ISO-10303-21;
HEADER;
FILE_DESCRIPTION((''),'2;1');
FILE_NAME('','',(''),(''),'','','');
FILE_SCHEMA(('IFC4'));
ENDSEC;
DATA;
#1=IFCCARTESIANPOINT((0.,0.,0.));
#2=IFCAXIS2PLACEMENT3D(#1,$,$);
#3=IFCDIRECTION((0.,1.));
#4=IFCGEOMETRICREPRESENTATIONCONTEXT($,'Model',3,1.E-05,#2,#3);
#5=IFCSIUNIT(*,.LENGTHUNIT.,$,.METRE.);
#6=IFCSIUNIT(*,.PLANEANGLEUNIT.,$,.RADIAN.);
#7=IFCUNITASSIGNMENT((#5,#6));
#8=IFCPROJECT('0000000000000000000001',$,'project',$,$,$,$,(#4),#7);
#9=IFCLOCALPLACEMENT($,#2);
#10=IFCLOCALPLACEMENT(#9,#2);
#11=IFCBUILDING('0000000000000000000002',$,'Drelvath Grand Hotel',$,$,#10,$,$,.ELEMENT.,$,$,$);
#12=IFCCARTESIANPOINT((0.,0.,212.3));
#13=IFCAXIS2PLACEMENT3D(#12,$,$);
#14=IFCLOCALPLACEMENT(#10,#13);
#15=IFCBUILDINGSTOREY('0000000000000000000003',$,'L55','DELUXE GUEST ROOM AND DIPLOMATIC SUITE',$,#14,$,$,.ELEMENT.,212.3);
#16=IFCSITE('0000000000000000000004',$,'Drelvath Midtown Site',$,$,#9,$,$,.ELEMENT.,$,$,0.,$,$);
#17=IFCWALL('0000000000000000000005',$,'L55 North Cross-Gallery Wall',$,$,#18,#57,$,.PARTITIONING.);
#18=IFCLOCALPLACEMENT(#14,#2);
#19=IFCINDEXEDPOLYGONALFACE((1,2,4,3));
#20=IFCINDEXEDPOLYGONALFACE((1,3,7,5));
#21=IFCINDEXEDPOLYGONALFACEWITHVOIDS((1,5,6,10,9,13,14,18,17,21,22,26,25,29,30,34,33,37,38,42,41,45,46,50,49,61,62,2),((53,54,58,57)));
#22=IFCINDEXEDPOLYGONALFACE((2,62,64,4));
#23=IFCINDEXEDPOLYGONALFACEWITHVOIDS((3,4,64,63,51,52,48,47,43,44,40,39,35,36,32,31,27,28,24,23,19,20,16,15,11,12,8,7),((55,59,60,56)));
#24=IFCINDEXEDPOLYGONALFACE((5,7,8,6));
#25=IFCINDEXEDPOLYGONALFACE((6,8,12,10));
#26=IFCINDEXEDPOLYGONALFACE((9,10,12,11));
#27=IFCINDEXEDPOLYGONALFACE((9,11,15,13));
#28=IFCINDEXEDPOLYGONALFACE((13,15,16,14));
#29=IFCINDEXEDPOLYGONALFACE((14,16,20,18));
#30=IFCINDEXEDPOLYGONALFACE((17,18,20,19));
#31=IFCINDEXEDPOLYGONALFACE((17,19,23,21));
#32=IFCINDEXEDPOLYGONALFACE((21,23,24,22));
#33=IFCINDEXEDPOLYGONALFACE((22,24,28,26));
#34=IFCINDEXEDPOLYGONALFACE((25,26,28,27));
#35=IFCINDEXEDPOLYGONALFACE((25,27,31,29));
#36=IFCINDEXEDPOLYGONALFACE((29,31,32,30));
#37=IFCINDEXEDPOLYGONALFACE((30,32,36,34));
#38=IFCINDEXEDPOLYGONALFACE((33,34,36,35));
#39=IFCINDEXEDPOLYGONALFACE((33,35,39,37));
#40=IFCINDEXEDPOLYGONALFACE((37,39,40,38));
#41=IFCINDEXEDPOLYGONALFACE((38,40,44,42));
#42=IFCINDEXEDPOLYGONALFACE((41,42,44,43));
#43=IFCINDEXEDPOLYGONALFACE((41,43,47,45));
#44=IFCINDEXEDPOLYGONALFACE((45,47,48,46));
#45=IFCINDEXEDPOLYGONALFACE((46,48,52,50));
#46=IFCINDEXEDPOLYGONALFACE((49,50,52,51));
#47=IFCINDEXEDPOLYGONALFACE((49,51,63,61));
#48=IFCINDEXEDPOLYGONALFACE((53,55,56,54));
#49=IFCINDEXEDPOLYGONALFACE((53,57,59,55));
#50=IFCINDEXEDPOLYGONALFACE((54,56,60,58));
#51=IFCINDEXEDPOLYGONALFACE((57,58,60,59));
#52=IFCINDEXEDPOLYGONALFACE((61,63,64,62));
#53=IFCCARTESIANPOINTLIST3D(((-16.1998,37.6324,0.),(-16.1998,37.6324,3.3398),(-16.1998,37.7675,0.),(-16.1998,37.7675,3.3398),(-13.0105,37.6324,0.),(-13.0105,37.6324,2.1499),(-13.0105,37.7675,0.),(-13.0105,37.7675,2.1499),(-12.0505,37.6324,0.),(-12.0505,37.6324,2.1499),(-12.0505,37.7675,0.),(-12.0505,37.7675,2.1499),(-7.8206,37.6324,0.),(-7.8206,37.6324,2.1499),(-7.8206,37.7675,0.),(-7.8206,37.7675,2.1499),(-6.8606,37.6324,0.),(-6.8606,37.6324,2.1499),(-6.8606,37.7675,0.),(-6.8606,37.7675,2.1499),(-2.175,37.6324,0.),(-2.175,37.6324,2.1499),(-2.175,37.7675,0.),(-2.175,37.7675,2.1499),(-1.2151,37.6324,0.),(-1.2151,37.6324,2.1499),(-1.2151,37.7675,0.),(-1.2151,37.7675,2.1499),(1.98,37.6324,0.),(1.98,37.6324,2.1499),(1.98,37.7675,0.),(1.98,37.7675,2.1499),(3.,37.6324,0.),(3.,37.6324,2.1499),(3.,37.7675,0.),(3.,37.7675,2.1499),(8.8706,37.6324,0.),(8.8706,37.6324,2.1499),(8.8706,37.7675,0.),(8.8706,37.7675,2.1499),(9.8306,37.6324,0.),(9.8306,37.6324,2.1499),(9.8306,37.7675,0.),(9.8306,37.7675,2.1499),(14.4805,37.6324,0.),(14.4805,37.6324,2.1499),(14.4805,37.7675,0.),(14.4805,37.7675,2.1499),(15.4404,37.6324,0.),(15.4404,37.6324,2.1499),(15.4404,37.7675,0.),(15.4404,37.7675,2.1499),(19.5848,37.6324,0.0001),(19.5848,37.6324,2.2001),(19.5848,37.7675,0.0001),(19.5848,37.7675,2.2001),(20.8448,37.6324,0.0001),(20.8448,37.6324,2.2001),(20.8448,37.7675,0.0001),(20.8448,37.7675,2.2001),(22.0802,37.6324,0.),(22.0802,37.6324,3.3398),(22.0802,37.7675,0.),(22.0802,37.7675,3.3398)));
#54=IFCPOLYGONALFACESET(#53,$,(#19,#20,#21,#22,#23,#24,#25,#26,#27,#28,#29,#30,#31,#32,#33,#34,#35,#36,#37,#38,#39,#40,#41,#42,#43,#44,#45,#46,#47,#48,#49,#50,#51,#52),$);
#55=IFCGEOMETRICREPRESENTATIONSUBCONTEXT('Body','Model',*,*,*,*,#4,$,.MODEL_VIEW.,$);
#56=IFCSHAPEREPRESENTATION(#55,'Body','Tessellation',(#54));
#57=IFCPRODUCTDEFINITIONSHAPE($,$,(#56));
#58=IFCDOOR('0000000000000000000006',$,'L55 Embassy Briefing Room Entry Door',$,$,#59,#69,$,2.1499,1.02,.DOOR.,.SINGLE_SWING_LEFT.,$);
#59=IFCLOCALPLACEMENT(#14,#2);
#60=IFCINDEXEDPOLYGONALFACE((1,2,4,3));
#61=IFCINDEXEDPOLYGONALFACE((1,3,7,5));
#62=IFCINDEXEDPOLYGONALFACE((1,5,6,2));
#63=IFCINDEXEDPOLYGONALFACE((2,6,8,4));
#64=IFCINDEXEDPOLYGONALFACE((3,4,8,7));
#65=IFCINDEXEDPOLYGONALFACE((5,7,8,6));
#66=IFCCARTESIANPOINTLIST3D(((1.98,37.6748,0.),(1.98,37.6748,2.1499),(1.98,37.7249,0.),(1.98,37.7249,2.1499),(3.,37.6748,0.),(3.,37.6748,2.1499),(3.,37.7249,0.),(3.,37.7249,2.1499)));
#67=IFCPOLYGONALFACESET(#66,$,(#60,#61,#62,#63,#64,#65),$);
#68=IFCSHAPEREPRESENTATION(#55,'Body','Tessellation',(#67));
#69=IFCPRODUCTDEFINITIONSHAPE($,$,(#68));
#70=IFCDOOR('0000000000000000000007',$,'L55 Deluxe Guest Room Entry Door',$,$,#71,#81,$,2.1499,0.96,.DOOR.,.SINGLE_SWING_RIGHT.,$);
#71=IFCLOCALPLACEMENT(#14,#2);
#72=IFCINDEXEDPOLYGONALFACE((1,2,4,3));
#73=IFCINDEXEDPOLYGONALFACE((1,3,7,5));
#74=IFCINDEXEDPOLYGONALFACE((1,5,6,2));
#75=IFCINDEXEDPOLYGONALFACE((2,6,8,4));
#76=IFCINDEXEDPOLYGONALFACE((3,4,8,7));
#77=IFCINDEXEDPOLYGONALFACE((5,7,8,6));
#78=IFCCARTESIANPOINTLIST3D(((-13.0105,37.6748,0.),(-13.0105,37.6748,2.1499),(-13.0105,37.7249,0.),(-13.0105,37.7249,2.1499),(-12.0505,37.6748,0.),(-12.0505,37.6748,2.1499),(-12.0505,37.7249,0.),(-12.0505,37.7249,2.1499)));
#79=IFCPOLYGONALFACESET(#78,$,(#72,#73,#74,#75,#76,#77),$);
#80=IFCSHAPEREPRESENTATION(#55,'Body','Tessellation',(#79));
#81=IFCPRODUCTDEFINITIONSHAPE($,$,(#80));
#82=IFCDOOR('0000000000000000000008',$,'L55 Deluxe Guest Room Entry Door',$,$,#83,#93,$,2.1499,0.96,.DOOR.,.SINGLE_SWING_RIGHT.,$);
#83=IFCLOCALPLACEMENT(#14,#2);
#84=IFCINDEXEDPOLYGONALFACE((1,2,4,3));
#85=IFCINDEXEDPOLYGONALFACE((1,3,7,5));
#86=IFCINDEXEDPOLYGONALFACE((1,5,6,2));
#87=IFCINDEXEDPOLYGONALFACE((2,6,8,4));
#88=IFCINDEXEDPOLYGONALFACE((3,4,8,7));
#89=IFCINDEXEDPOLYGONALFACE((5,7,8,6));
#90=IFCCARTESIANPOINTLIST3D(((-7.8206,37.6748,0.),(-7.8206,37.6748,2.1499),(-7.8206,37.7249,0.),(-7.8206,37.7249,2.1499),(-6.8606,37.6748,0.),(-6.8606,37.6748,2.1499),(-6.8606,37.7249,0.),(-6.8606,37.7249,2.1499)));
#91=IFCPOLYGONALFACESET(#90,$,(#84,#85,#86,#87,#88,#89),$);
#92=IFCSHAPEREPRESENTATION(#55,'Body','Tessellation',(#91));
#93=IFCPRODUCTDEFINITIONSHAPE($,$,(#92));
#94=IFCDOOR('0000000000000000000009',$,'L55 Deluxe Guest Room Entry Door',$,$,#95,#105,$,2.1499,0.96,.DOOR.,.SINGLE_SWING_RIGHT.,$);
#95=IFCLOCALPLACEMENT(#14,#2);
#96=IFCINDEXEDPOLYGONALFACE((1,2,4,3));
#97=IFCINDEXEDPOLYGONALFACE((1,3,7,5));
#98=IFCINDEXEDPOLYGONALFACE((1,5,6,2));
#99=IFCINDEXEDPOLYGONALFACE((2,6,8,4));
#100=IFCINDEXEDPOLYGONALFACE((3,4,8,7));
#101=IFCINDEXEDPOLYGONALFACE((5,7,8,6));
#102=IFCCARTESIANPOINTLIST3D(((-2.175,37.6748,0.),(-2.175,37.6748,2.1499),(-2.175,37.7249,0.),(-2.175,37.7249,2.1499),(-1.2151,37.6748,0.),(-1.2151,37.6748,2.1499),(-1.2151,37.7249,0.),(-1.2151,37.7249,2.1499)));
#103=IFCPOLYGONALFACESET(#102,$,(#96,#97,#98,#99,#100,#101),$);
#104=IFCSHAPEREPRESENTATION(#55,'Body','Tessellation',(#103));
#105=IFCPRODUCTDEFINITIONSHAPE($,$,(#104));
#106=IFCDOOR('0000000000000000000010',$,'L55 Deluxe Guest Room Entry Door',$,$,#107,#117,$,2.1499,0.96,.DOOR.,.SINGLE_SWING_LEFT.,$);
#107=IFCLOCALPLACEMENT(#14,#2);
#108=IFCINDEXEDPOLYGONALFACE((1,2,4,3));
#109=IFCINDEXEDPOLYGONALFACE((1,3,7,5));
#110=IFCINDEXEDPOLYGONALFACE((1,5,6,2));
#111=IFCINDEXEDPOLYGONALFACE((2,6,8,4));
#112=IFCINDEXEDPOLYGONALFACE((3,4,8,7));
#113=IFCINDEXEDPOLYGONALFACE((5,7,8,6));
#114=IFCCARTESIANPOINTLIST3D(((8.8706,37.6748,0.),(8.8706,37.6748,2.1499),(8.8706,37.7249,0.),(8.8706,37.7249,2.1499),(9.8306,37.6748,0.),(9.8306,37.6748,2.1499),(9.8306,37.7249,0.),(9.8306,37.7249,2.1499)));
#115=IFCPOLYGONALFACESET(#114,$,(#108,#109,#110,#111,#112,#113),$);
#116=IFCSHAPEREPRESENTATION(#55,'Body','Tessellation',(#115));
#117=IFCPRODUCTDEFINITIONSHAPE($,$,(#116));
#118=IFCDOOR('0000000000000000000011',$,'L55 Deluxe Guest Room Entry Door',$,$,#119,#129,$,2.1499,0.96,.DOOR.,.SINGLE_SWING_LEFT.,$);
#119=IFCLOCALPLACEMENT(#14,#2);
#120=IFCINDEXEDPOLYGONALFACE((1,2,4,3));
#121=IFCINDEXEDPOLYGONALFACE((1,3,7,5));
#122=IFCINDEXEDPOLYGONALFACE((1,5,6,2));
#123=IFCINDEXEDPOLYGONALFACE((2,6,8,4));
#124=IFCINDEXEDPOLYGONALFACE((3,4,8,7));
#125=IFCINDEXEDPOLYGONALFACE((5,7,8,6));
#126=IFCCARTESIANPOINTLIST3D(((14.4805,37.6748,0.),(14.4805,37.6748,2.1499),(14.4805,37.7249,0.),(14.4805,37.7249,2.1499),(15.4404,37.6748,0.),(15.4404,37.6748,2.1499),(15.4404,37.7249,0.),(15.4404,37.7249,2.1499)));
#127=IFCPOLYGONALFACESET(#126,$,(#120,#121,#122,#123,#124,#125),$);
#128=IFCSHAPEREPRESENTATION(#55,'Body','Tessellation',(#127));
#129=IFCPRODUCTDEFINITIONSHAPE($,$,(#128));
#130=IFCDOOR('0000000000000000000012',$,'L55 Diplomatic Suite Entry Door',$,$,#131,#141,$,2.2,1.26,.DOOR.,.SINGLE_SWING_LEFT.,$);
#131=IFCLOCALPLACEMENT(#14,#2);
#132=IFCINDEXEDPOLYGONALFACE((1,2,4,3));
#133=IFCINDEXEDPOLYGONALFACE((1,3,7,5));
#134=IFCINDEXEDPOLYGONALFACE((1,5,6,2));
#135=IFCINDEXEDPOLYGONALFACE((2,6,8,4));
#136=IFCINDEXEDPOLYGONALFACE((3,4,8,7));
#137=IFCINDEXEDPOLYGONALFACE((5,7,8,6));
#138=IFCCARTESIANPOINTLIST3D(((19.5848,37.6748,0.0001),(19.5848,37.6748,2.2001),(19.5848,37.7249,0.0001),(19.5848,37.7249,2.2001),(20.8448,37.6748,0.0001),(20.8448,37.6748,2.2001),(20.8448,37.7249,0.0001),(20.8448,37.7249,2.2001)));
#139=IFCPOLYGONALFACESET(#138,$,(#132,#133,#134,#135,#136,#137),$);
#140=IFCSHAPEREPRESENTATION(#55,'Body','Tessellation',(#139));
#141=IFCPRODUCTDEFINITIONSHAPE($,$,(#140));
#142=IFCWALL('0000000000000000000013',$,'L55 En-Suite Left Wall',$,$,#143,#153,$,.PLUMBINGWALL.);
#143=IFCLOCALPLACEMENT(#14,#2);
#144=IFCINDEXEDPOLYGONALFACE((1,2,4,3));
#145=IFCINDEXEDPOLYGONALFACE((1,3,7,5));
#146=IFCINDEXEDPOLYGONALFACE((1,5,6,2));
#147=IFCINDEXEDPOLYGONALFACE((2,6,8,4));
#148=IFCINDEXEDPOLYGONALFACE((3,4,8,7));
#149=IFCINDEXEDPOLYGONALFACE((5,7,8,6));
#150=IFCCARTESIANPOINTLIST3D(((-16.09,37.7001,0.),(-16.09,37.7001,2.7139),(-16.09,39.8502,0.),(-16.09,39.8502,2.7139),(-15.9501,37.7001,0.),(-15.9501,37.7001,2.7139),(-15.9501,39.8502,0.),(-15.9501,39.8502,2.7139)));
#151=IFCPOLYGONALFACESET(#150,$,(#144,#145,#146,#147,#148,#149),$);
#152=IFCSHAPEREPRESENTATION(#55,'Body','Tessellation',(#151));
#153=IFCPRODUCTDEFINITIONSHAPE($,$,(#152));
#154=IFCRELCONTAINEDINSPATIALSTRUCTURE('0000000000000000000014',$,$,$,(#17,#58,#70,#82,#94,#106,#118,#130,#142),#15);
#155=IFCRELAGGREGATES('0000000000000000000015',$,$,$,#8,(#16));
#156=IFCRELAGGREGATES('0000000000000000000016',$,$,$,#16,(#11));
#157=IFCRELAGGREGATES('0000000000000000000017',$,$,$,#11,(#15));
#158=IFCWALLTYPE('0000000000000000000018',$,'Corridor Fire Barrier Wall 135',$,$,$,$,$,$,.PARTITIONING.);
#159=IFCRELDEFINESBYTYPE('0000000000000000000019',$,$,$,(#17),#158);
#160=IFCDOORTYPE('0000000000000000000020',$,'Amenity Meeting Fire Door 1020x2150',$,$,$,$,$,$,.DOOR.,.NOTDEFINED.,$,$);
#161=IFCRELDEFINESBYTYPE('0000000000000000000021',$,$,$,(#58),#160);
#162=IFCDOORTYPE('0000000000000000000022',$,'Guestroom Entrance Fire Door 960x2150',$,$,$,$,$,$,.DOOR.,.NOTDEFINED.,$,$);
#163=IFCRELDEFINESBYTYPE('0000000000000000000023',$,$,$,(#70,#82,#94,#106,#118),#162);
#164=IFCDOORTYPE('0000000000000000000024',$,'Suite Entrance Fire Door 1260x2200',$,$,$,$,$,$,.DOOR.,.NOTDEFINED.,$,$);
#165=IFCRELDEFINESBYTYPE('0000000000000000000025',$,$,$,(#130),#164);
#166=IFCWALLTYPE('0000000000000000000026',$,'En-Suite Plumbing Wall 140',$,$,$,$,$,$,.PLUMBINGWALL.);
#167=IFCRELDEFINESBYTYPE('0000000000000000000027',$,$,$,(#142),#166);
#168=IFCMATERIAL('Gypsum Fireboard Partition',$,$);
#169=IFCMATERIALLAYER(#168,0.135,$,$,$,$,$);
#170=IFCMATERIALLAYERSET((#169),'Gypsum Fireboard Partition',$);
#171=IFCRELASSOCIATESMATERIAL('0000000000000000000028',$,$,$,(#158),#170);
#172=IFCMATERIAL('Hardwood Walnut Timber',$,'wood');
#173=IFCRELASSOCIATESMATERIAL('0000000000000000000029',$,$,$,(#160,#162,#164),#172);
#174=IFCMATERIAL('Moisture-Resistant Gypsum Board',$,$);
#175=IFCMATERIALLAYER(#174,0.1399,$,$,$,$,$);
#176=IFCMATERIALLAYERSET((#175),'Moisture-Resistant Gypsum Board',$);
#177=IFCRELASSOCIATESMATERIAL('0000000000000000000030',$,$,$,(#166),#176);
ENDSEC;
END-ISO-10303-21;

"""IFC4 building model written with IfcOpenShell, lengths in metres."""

from ifc_helpers import new_model, si_unit, direction, frame, frame_2d, origin, place, context, subcontext, project, spatial, rectangle, extrude, material, layer, layer_set, type_object, element, fill, save


model = new_model("IFC4")

# Units and contexts
model_context = context("Model", 3, precision=1e-05, world=origin(), true_north=direction((0.0, 1.0)))
body_context = subcontext(model_context, "Body", "Model", "MODEL_VIEW")
ifc_project = project(units=[si_unit("LENGTHUNIT", "METRE"), si_unit("PLANEANGLEUNIT", "RADIAN")], contexts=[model_context])

# Site, building, storey
site_placement = place(None, origin())
site = spatial("IfcSite", under=ifc_project, at=site_placement, Name="Drelvath Midtown Site", CompositionType="ELEMENT", RefElevation=0.0)
building_placement = place(site_placement, origin())
building = spatial("IfcBuilding", under=site, at=building_placement, Name="Drelvath Grand Hotel", CompositionType="ELEMENT")
storey_placement = place(building_placement, frame((0.0, 0.0, 212.3)))
storey = spatial("IfcBuildingStorey", under=building, at=storey_placement, Name="L55", Description="DELUXE GUEST ROOM AND DIPLOMATIC SUITE", CompositionType="ELEMENT", Elevation=212.3)

# Wall, openings, doors
ifc_material_1 = material(Name="Gypsum Fireboard Partition")
ifc_layer_1 = layer(ifc_material_1, 0.135)
ifc_layer_set_1 = layer_set([ifc_layer_1], Name="Gypsum Fireboard Partition")
wall_type_1 = type_object("IfcWallType", Name="Corridor Fire Barrier Wall 135", PredefinedType="PARTITIONING", material=ifc_layer_set_1)
wall_1_placement = place(storey_placement, frame((-16.2, 37.7, 0.0), z_axis=(0.0, 0.0, 1.0), x_axis=(1.0, 0.0, 0.0)))
wall_1 = element("IfcWall", 1, at=wall_1_placement, inside=storey, type_object=wall_type_1, Name="L55 North Cross-Gallery Wall", PredefinedType="PARTITIONING", context=body_context, shape_type="SweptSolid", body=[
    extrude(rectangle(XDim=38.28, YDim=0.135, at=frame_2d((19.1401, 0.0))), origin(), (0.0, 0.0, 1.0), 3.3398),
])
opening_1_placement = place(wall_1_placement, frame((35.7849, 0.0, 0.0)))
opening_1 = element("IfcOpeningElement", 2, at=opening_1_placement, cuts=wall_1, PredefinedType="OPENING", context=body_context, shape_type="SweptSolid", body=[
    extrude(rectangle(XDim=1.26, YDim=2.2, at=frame_2d((0.6299, 1.1001))), frame((0.0, 0.0774, 0.0), z_axis=(0.0, -1.0, 0.0), x_axis=(1.0, 0.0, 0.0)), (0.0, 0.0, 1.0), 0.155),
])
opening_2_placement = place(wall_1_placement, frame((3.1895, 0.0, 0.0)))
opening_2 = element("IfcOpeningElement", 3, at=opening_2_placement, cuts=wall_1, PredefinedType="OPENING", context=body_context, shape_type="SweptSolid", body=[
    extrude(rectangle(XDim=0.96, YDim=2.1499, at=frame_2d((0.48, 1.075))), frame((0.0, 0.0774, 0.0), z_axis=(0.0, -1.0, 0.0), x_axis=(1.0, 0.0, 0.0)), (0.0, 0.0, 1.0), 0.155),
])
opening_3_placement = place(wall_1_placement, frame((8.3794, 0.0, 0.0)))
opening_3 = element("IfcOpeningElement", 4, at=opening_3_placement, cuts=wall_1, PredefinedType="OPENING", context=body_context, shape_type="SweptSolid", body=[
    extrude(rectangle(XDim=0.96, YDim=2.1499, at=frame_2d((0.48, 1.075))), frame((0.0, 0.0774, 0.0), z_axis=(0.0, -1.0, 0.0), x_axis=(1.0, 0.0, 0.0)), (0.0, 0.0, 1.0), 0.155),
])
opening_4_placement = place(wall_1_placement, frame((14.0249, 0.0, 0.0)))
opening_4 = element("IfcOpeningElement", 5, at=opening_4_placement, cuts=wall_1, PredefinedType="OPENING", context=body_context, shape_type="SweptSolid", body=[
    extrude(rectangle(XDim=0.96, YDim=2.1499, at=frame_2d((0.48, 1.075))), frame((0.0, 0.0774, 0.0), z_axis=(0.0, -1.0, 0.0), x_axis=(1.0, 0.0, 0.0)), (0.0, 0.0, 1.0), 0.155),
])
opening_5_placement = place(wall_1_placement, frame((18.1799, 0.0, 0.0)))
opening_5 = element("IfcOpeningElement", 6, at=opening_5_placement, cuts=wall_1, PredefinedType="OPENING", context=body_context, shape_type="SweptSolid", body=[
    extrude(rectangle(XDim=1.02, YDim=2.1499, at=frame_2d((0.51, 1.075))), frame((0.0, 0.0774, 0.0), z_axis=(0.0, -1.0, 0.0), x_axis=(1.0, 0.0, 0.0)), (0.0, 0.0, 1.0), 0.155),
])
opening_6_placement = place(wall_1_placement, frame((25.0706, 0.0, 0.0)))
opening_6 = element("IfcOpeningElement", 7, at=opening_6_placement, cuts=wall_1, PredefinedType="OPENING", context=body_context, shape_type="SweptSolid", body=[
    extrude(rectangle(XDim=0.96, YDim=2.1499, at=frame_2d((0.48, 1.075))), frame((0.0, 0.0774, 0.0), z_axis=(0.0, -1.0, 0.0), x_axis=(1.0, 0.0, 0.0)), (0.0, 0.0, 1.0), 0.155),
])
opening_7_placement = place(wall_1_placement, frame((30.6804, 0.0, 0.0)))
opening_7 = element("IfcOpeningElement", 8, at=opening_7_placement, cuts=wall_1, PredefinedType="OPENING", context=body_context, shape_type="SweptSolid", body=[
    extrude(rectangle(XDim=0.96, YDim=2.1499, at=frame_2d((0.48, 1.075))), frame((0.0, 0.0774, 0.0), z_axis=(0.0, -1.0, 0.0), x_axis=(1.0, 0.0, 0.0)), (0.0, 0.0, 1.0), 0.155),
])
ifc_material_2 = material(Name="Hardwood Walnut Timber", Category="wood")
door_type_1 = type_object("IfcDoorType", Name="Amenity Meeting Fire Door 1020x2150", OperationType="NOTDEFINED", PredefinedType="DOOR", material=ifc_material_2)
door_1_placement = place(opening_5_placement, origin())
door_1 = element("IfcDoor", 9, at=door_1_placement, inside=storey, type_object=door_type_1, Name="L55 Embassy Briefing Room Entry Door", OperationType="SINGLE_SWING_LEFT", OverallHeight=2.1499, OverallWidth=1.02, PredefinedType="DOOR", context=body_context, shape_type="SweptSolid", body=[
    extrude(rectangle(XDim=1.02, YDim=2.1499, at=frame_2d((0.51, 1.075))), frame((0.0, 0.0249, 0.0), z_axis=(0.0, -1.0, 0.0), x_axis=(1.0, 0.0, 0.0)), (0.0, 0.0, 1.0), 0.05),
])
fill(opening_5, door_1)
door_type_2 = type_object("IfcDoorType", Name="Guestroom Entrance Fire Door 960x2150", OperationType="NOTDEFINED", PredefinedType="DOOR", material=ifc_material_2)
door_2_placement = place(opening_2_placement, origin())
door_2 = element("IfcDoor", 10, at=door_2_placement, inside=storey, type_object=door_type_2, Name="L55 Deluxe Guest Room Entry Door", OperationType="SINGLE_SWING_RIGHT", OverallHeight=2.1499, OverallWidth=0.96, PredefinedType="DOOR", context=body_context, shape_type="SweptSolid", body=[
    extrude(rectangle(XDim=0.96, YDim=2.1499, at=frame_2d((0.48, 1.075))), frame((0.0, 0.0249, 0.0), z_axis=(0.0, -1.0, 0.0), x_axis=(1.0, 0.0, 0.0)), (0.0, 0.0, 1.0), 0.05),
])
fill(opening_2, door_2)
door_3_placement = place(opening_3_placement, origin())
door_3 = element("IfcDoor", 11, at=door_3_placement, inside=storey, type_object=door_type_2, Name="L55 Deluxe Guest Room Entry Door", OperationType="SINGLE_SWING_RIGHT", OverallHeight=2.1499, OverallWidth=0.96, PredefinedType="DOOR", context=body_context, shape_type="SweptSolid", body=[
    extrude(rectangle(XDim=0.96, YDim=2.1499, at=frame_2d((0.48, 1.075))), frame((0.0, 0.0249, 0.0), z_axis=(0.0, -1.0, 0.0), x_axis=(1.0, 0.0, 0.0)), (0.0, 0.0, 1.0), 0.05),
])
fill(opening_3, door_3)
door_4_placement = place(opening_4_placement, origin())
door_4 = element("IfcDoor", 12, at=door_4_placement, inside=storey, type_object=door_type_2, Name="L55 Deluxe Guest Room Entry Door", OperationType="SINGLE_SWING_RIGHT", OverallHeight=2.1499, OverallWidth=0.96, PredefinedType="DOOR", context=body_context, shape_type="SweptSolid", body=[
    extrude(rectangle(XDim=0.96, YDim=2.1499, at=frame_2d((0.48, 1.075))), frame((0.0, 0.0249, 0.0), z_axis=(0.0, -1.0, 0.0), x_axis=(1.0, 0.0, 0.0)), (0.0, 0.0, 1.0), 0.05),
])
fill(opening_4, door_4)
door_5_placement = place(opening_6_placement, origin())
door_5 = element("IfcDoor", 13, at=door_5_placement, inside=storey, type_object=door_type_2, Name="L55 Deluxe Guest Room Entry Door", OperationType="SINGLE_SWING_LEFT", OverallHeight=2.1499, OverallWidth=0.96, PredefinedType="DOOR", context=body_context, shape_type="SweptSolid", body=[
    extrude(rectangle(XDim=0.96, YDim=2.1499, at=frame_2d((0.48, 1.075))), frame((0.0, 0.0249, 0.0), z_axis=(0.0, -1.0, 0.0), x_axis=(1.0, 0.0, 0.0)), (0.0, 0.0, 1.0), 0.05),
])
fill(opening_6, door_5)
door_6_placement = place(opening_7_placement, origin())
door_6 = element("IfcDoor", 14, at=door_6_placement, inside=storey, type_object=door_type_2, Name="L55 Deluxe Guest Room Entry Door", OperationType="SINGLE_SWING_LEFT", OverallHeight=2.1499, OverallWidth=0.96, PredefinedType="DOOR", context=body_context, shape_type="SweptSolid", body=[
    extrude(rectangle(XDim=0.96, YDim=2.1499, at=frame_2d((0.48, 1.075))), frame((0.0, 0.0249, 0.0), z_axis=(0.0, -1.0, 0.0), x_axis=(1.0, 0.0, 0.0)), (0.0, 0.0, 1.0), 0.05),
])
fill(opening_7, door_6)
door_type_3 = type_object("IfcDoorType", Name="Suite Entrance Fire Door 1260x2200", OperationType="NOTDEFINED", PredefinedType="DOOR", material=ifc_material_2)
door_7_placement = place(opening_1_placement, origin())
door_7 = element("IfcDoor", 15, at=door_7_placement, inside=storey, type_object=door_type_3, Name="L55 Diplomatic Suite Entry Door", OperationType="SINGLE_SWING_LEFT", OverallHeight=2.2, OverallWidth=1.26, PredefinedType="DOOR", context=body_context, shape_type="SweptSolid", body=[
    extrude(rectangle(XDim=1.26, YDim=2.2, at=frame_2d((0.6299, 1.1001))), frame((0.0, 0.0249, 0.0), z_axis=(0.0, -1.0, 0.0), x_axis=(1.0, 0.0, 0.0)), (0.0, 0.0, 1.0), 0.05),
])
fill(opening_1, door_7)

# Wall
ifc_material_3 = material(Name="Moisture-Resistant Gypsum Board")
ifc_layer_2 = layer(ifc_material_3, 0.1399)
ifc_layer_set_2 = layer_set([ifc_layer_2], Name="Moisture-Resistant Gypsum Board")
wall_type_2 = type_object("IfcWallType", Name="En-Suite Plumbing Wall 140", PredefinedType="PLUMBINGWALL", material=ifc_layer_set_2)
wall_2_placement = place(storey_placement, frame((-16.02, 37.7, 0.0), z_axis=(0.0, 0.0, 1.0), x_axis=(0.0, 1.0, 0.0)))
element("IfcWall", 16, at=wall_2_placement, inside=storey, type_object=wall_type_2, Name="L55 En-Suite Left Wall", PredefinedType="PLUMBINGWALL", context=body_context, shape_type="SweptSolid", body=[
    extrude(rectangle(XDim=2.1501, YDim=0.1399, at=frame_2d((1.0752, 0.0))), origin(), (0.0, 0.0, 1.0), 2.7139),
])

save(model, "model.ifc")
